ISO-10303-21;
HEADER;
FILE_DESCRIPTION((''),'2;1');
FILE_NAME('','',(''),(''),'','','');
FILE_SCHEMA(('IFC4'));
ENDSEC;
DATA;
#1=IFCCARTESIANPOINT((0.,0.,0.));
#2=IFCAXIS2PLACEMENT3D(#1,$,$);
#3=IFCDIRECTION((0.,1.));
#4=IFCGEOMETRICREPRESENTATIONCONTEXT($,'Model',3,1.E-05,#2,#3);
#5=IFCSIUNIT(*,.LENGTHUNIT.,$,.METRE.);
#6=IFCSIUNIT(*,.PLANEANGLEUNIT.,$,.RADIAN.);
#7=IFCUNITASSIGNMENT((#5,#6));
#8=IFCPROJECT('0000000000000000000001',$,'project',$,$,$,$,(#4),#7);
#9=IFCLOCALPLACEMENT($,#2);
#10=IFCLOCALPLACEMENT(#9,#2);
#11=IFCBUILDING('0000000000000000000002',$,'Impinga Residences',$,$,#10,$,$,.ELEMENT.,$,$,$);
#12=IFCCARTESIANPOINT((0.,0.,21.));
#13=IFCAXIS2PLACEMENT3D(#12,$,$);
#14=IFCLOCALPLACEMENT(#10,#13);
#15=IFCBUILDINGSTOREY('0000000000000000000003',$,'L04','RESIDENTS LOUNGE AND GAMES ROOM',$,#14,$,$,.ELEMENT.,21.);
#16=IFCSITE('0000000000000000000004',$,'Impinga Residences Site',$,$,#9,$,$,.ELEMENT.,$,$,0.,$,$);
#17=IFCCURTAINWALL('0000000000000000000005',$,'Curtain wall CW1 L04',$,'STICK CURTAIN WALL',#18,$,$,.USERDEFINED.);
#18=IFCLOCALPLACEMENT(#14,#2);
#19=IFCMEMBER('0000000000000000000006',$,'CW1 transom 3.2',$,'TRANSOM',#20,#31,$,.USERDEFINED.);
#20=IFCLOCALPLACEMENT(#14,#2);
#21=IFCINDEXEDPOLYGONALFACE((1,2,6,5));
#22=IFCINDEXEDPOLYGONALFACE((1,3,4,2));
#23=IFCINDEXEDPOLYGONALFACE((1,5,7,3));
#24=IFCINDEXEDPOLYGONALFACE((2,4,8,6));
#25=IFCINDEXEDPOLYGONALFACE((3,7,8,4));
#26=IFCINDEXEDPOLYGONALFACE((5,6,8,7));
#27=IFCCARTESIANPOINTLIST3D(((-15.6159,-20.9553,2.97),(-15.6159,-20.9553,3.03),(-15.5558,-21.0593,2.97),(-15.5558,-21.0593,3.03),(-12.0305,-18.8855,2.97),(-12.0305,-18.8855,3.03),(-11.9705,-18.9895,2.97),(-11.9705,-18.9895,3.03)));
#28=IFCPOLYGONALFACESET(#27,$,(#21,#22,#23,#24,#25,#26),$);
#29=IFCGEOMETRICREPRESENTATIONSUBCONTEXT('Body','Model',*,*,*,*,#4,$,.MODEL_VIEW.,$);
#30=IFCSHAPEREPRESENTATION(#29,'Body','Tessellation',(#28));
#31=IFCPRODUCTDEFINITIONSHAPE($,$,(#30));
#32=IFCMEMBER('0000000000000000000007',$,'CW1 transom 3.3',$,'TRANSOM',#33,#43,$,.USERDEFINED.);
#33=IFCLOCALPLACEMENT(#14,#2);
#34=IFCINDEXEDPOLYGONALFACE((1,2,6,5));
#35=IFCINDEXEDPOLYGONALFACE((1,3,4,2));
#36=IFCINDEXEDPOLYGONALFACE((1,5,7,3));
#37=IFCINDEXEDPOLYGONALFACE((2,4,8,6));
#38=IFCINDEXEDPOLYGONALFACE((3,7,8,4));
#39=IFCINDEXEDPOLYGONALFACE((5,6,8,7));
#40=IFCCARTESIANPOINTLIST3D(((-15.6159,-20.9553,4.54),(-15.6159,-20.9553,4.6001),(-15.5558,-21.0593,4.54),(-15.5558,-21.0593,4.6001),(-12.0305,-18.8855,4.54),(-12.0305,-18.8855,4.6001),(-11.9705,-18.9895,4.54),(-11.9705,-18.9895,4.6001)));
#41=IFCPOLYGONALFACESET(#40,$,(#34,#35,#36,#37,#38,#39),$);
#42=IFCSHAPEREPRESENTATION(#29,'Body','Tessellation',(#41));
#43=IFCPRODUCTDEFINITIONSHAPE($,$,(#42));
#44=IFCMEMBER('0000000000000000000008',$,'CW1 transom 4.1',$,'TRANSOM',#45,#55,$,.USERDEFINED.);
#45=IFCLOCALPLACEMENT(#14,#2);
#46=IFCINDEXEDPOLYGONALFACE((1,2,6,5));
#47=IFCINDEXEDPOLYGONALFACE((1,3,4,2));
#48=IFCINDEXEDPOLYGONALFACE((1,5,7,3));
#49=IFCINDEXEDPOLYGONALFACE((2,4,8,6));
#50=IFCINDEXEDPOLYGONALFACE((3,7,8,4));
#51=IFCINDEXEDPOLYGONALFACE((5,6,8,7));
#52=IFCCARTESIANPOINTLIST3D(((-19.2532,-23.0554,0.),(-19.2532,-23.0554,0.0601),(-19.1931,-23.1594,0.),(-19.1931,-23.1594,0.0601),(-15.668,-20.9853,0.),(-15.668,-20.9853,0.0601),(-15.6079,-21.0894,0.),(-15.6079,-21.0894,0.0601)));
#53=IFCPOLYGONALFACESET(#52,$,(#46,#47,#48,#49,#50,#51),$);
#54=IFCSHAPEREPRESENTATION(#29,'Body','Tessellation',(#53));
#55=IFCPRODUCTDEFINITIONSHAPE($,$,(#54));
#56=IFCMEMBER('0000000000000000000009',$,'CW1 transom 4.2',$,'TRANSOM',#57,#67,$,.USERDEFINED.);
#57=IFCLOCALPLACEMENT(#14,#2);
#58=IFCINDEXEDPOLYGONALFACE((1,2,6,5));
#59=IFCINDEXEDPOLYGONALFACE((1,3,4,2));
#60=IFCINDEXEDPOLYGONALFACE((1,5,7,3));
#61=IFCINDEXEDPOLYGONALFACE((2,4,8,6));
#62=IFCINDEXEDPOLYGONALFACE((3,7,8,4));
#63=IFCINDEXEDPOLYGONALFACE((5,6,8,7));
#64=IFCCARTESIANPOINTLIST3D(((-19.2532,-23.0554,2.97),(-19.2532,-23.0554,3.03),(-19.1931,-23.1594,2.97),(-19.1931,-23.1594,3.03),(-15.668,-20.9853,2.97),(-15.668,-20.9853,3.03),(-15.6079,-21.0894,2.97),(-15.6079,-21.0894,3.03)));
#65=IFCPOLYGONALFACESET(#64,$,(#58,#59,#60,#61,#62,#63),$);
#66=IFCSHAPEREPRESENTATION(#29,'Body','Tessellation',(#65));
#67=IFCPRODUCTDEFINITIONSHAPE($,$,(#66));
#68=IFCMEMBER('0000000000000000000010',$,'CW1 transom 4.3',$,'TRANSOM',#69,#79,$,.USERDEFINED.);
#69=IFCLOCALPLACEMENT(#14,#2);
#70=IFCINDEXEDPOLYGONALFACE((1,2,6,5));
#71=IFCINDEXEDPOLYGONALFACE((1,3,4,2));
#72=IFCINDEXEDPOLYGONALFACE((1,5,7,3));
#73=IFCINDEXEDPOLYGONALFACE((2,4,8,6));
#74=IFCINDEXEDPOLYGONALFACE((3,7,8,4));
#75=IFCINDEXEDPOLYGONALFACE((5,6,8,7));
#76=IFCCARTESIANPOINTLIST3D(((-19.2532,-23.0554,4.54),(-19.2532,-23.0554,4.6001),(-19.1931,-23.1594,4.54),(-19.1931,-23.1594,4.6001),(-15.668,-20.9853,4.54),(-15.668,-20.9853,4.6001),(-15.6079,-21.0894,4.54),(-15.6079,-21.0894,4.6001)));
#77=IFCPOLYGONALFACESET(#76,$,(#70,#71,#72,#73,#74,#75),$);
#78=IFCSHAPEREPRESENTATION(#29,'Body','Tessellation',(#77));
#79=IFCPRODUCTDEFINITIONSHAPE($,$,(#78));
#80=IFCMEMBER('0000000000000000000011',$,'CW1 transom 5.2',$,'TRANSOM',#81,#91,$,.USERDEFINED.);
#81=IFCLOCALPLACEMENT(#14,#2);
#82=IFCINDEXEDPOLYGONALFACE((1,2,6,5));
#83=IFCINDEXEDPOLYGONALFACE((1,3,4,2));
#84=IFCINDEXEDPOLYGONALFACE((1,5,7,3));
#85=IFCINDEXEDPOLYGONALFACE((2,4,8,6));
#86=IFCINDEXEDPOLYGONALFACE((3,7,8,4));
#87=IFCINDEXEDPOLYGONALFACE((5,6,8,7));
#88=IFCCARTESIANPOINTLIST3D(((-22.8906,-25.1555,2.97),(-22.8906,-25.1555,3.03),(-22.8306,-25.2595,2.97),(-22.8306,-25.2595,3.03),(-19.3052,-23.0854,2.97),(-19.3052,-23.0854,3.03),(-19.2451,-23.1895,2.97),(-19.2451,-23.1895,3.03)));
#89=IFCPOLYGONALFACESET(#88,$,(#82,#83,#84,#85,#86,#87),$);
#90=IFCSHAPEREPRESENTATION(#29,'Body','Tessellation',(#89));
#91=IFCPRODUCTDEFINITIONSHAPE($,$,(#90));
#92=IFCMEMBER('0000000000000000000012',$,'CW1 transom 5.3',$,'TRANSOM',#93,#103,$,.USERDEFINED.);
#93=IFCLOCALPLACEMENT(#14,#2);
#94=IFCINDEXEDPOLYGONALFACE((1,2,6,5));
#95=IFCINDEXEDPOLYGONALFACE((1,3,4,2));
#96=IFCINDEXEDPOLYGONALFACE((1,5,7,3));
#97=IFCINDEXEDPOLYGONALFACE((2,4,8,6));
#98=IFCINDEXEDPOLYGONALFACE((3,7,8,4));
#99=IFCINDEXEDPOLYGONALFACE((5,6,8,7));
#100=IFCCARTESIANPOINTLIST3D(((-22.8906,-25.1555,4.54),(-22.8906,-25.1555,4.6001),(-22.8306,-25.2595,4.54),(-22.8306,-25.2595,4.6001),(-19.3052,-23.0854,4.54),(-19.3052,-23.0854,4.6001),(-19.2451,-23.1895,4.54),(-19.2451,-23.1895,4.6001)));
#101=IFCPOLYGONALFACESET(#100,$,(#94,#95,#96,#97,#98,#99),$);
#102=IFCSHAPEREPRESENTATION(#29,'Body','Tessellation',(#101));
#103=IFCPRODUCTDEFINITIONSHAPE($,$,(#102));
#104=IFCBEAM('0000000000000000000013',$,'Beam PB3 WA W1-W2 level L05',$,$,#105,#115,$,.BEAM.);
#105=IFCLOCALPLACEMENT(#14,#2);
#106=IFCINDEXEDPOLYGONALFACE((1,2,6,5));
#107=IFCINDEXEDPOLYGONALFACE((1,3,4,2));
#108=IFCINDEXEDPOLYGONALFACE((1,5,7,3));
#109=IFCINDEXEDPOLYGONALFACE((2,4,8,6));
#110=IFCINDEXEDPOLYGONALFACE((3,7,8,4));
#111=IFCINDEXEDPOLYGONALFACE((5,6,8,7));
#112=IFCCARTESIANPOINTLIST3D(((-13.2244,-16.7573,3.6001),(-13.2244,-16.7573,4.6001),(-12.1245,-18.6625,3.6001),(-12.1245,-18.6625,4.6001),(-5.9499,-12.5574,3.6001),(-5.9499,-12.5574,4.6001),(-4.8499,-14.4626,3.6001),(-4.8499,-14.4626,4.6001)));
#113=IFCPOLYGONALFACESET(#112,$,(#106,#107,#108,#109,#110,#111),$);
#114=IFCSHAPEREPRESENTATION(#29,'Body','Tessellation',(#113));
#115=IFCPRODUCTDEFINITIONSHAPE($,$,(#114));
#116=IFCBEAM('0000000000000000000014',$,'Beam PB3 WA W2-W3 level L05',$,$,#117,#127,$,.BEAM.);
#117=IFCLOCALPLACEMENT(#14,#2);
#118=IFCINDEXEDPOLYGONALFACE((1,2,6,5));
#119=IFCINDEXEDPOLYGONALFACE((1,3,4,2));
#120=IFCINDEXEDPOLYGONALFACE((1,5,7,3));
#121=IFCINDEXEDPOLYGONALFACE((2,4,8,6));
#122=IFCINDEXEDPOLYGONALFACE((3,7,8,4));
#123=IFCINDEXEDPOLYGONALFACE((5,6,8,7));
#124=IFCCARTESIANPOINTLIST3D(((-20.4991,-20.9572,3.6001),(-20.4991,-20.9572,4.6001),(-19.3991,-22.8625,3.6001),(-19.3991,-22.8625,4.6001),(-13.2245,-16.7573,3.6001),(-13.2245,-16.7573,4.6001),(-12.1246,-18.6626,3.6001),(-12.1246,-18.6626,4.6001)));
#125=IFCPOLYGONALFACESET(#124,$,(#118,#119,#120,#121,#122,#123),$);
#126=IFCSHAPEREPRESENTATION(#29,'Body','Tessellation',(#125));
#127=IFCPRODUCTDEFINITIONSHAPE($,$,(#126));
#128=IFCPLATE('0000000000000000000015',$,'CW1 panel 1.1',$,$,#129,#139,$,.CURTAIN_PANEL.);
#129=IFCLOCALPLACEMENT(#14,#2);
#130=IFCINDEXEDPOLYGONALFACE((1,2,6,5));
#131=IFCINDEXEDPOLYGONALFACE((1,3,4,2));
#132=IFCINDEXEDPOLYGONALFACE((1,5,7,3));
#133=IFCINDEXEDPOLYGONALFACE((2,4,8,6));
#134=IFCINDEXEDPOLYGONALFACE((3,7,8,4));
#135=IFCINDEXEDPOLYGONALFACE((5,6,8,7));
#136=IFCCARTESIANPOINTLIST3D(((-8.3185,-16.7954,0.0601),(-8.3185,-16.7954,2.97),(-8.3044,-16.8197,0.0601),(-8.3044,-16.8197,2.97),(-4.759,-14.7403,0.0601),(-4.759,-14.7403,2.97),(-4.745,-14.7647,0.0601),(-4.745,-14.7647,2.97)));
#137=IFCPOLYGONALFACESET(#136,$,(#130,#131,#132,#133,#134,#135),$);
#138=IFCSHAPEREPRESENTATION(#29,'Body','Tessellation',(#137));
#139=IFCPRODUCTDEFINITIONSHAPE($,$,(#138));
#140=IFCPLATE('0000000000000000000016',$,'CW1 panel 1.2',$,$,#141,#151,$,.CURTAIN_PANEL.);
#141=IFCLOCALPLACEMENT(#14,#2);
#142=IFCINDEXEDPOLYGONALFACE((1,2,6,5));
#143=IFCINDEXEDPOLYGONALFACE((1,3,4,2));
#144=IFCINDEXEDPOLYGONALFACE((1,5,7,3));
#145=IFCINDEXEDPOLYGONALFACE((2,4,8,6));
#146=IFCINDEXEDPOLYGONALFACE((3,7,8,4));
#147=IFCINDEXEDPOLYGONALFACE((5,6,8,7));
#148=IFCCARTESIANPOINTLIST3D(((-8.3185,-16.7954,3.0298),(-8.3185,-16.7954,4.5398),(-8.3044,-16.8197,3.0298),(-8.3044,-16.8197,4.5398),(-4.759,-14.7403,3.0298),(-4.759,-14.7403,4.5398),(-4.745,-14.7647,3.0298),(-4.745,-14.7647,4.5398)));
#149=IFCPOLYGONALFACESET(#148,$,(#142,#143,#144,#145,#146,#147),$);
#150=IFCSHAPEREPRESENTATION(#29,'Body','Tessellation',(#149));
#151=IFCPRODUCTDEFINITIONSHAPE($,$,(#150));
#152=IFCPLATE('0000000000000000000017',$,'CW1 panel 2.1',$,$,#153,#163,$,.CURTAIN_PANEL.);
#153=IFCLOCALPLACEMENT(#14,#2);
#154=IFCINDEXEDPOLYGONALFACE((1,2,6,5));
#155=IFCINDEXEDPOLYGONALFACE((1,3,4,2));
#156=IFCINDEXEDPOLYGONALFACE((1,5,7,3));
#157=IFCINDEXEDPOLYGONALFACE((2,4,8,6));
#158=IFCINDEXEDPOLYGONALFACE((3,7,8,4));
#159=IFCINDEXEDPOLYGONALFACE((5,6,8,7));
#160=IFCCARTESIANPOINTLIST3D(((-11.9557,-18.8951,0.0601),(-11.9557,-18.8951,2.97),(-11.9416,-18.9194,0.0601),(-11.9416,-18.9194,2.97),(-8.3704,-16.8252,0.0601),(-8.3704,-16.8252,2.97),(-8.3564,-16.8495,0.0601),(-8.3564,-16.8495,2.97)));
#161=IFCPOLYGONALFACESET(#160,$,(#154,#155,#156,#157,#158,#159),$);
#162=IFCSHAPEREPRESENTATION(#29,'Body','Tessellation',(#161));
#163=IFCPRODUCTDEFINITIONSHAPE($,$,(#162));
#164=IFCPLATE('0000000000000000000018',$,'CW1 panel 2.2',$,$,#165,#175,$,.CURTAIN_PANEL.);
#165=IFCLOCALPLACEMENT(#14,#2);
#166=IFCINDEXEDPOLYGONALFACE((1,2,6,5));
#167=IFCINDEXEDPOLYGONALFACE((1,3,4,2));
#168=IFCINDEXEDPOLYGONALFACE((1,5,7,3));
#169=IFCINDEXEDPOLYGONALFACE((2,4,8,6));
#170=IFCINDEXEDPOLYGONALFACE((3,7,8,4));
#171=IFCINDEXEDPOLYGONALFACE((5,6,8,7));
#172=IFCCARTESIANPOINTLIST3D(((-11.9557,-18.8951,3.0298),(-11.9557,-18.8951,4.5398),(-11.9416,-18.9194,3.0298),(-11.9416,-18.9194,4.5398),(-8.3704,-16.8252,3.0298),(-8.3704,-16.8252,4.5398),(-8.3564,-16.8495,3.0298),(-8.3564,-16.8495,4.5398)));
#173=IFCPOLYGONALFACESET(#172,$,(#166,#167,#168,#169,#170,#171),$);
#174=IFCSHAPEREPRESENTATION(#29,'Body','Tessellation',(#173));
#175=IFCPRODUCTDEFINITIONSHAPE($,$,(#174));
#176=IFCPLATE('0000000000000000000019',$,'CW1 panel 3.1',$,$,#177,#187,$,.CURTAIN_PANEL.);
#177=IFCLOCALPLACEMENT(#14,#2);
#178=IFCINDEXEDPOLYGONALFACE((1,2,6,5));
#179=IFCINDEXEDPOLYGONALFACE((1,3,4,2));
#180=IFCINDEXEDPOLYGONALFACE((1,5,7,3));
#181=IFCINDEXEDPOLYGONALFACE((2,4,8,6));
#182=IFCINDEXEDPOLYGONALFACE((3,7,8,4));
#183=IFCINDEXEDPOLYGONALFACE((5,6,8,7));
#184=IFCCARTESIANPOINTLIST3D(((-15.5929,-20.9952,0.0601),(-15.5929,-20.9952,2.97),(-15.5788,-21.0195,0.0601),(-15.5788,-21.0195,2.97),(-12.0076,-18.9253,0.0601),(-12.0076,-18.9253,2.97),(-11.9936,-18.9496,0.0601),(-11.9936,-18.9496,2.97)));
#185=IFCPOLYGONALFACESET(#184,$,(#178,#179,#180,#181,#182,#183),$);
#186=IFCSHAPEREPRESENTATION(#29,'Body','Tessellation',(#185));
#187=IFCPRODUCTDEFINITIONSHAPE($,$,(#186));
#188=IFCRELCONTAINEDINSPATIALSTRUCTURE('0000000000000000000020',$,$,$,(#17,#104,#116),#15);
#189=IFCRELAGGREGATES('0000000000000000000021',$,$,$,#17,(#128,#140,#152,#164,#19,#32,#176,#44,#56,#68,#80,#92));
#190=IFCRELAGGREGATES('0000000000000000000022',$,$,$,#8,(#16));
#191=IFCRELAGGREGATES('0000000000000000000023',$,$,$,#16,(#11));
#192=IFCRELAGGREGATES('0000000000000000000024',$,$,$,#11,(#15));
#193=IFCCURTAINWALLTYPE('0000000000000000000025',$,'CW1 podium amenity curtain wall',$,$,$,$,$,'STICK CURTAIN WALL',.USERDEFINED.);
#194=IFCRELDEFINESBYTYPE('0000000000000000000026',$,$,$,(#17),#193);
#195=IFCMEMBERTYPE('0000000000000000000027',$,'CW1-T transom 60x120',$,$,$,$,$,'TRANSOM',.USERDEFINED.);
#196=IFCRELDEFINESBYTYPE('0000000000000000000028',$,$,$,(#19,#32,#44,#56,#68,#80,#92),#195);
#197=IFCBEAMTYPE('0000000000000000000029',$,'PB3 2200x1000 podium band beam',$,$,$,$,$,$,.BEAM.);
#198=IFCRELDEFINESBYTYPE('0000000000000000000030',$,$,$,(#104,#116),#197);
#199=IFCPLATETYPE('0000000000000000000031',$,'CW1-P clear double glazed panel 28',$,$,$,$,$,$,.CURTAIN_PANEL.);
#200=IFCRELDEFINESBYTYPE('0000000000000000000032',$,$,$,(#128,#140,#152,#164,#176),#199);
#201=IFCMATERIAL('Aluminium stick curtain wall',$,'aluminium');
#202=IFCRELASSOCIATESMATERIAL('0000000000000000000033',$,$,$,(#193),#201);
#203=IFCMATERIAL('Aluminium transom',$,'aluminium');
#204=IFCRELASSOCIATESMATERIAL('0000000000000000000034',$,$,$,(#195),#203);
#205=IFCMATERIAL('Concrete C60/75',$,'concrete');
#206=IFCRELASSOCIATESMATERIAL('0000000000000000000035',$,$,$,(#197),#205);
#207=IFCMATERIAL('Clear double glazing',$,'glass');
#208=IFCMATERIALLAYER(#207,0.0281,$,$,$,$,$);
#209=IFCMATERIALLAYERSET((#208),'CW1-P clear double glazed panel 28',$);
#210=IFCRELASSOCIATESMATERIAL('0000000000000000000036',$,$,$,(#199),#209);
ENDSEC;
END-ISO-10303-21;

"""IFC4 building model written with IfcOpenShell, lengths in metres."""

from ifc_helpers import new_model, si_unit, direction, frame, origin, origin_2d, place, context, subcontext, project, spatial, rectangle, extrude, material, layer, layer_set, material_profile, profile_set, type_object, element, aggregate, save


model = new_model("IFC4")

# Units and contexts
model_context = context("Model", 3, precision=1e-05, world=origin(), true_north=direction((0.0, 1.0)))
body_context = subcontext(model_context, "Body", "Model", "MODEL_VIEW")
ifc_project = project(units=[si_unit("LENGTHUNIT", "METRE"), si_unit("PLANEANGLEUNIT", "RADIAN")], contexts=[model_context])

# Site, building, storey
site_placement = place(None, origin())
site = spatial("IfcSite", under=ifc_project, at=site_placement, Name="Impinga Residences Site", CompositionType="ELEMENT", RefElevation=0.0)
building_placement = place(site_placement, origin())
building = spatial("IfcBuilding", under=site, at=building_placement, Name="Impinga Residences", CompositionType="ELEMENT")
storey_placement = place(building_placement, frame((0.0, 0.0, 21.0)))
storey = spatial("IfcBuildingStorey", under=building, at=storey_placement, Name="L04", Description="RESIDENTS LOUNGE AND GAMES ROOM", CompositionType="ELEMENT", Elevation=21.0)

# Curtain wall, members
ifc_material_1 = material(Name="Aluminium stick curtain wall", Category="aluminium")
curtain_wall_type = type_object("IfcCurtainWallType", Name="CW1 podium amenity curtain wall", ElementType="STICK CURTAIN WALL", PredefinedType="USERDEFINED", material=ifc_material_1)
curtain_wall_placement = place(storey_placement, origin())
curtain_wall = element("IfcCurtainWall", 1, at=curtain_wall_placement, inside=storey, type_object=curtain_wall_type, Name="Curtain wall CW1 L04", ObjectType="STICK CURTAIN WALL", PredefinedType="USERDEFINED")
ifc_material_2 = material(Name="Aluminium transom", Category="aluminium")
ifc_material_profile_1 = material_profile(ifc_material_2, rectangle(XDim=0.0601, YDim=0.1201, at=origin_2d()), Name="60x120 transom")
ifc_profile_set_1 = profile_set([ifc_material_profile_1], Name="Aluminium transom")
member_type_1 = type_object("IfcMemberType", Name="CW1-T transom 60x120", ElementType="TRANSOM", PredefinedType="USERDEFINED", material=ifc_profile_set_1)
member_1_placement = place(storey_placement, frame((-12.0005, -18.9375, 3.0), z_axis=(-0.86605, -0.499957, 0.0), x_axis=(0.0, 0.0, 1.0)))
member_1 = element("IfcMember", 2, at=member_1_placement, type_object=member_type_1, Name="CW1 transom 3.2", ObjectType="TRANSOM", PredefinedType="USERDEFINED", context=body_context, shape_type="SweptSolid", body=[
    extrude(rectangle(XDim=0.0601, YDim=0.1201, at=origin_2d()), origin(), (0.0, 0.0, 1.0), 4.1399),
])
member_2_placement = place(storey_placement, frame((-12.0005, -18.9375, 4.5701), z_axis=(-0.86605, -0.499957, 0.0), x_axis=(0.0, 0.0, 1.0)))
member_2 = element("IfcMember", 3, at=member_2_placement, type_object=member_type_1, Name="CW1 transom 3.3", ObjectType="TRANSOM", PredefinedType="USERDEFINED", context=body_context, shape_type="SweptSolid", body=[
    extrude(rectangle(XDim=0.0601, YDim=0.1201, at=origin_2d()), origin(), (0.0, 0.0, 1.0), 4.1399),
])
member_3_placement = place(storey_placement, frame((-15.6379, -21.0374, 0.03), z_axis=(-0.86601, -0.500027, 0.0), x_axis=(0.0, 0.0, 1.0)))
member_3 = element("IfcMember", 4, at=member_3_placement, type_object=member_type_1, Name="CW1 transom 4.1", ObjectType="TRANSOM", PredefinedType="USERDEFINED", context=body_context, shape_type="SweptSolid", body=[
    extrude(rectangle(XDim=0.0601, YDim=0.1201, at=origin_2d()), origin(), (0.0, 0.0, 1.0), 4.1399),
])
member_4_placement = place(storey_placement, frame((-15.6379, -21.0374, 3.0), z_axis=(-0.86601, -0.500027, 0.0), x_axis=(0.0, 0.0, 1.0)))
member_4 = element("IfcMember", 5, at=member_4_placement, type_object=member_type_1, Name="CW1 transom 4.2", ObjectType="TRANSOM", PredefinedType="USERDEFINED", context=body_context, shape_type="SweptSolid", body=[
    extrude(rectangle(XDim=0.0601, YDim=0.1201, at=origin_2d()), origin(), (0.0, 0.0, 1.0), 4.1399),
])
member_5_placement = place(storey_placement, frame((-15.6379, -21.0374, 4.5701), z_axis=(-0.86601, -0.500027, 0.0), x_axis=(0.0, 0.0, 1.0)))
member_5 = element("IfcMember", 6, at=member_5_placement, type_object=member_type_1, Name="CW1 transom 4.3", ObjectType="TRANSOM", PredefinedType="USERDEFINED", context=body_context, shape_type="SweptSolid", body=[
    extrude(rectangle(XDim=0.0601, YDim=0.1201, at=origin_2d()), origin(), (0.0, 0.0, 1.0), 4.1399),
])
member_6_placement = place(storey_placement, frame((-19.2751, -23.1375, 3.0), z_axis=(-0.866025, -0.500002, 0.0), x_axis=(0.0, 0.0, 1.0)))
member_6 = element("IfcMember", 7, at=member_6_placement, type_object=member_type_1, Name="CW1 transom 5.2", ObjectType="TRANSOM", PredefinedType="USERDEFINED", context=body_context, shape_type="SweptSolid", body=[
    extrude(rectangle(XDim=0.0601, YDim=0.1201, at=origin_2d()), origin(), (0.0, 0.0, 1.0), 4.1401),
])
member_7_placement = place(storey_placement, frame((-19.2751, -23.1375, 4.5701), z_axis=(-0.866025, -0.500002, 0.0), x_axis=(0.0, 0.0, 1.0)))
member_7 = element("IfcMember", 8, at=member_7_placement, type_object=member_type_1, Name="CW1 transom 5.3", ObjectType="TRANSOM", PredefinedType="USERDEFINED", context=body_context, shape_type="SweptSolid", body=[
    extrude(rectangle(XDim=0.0601, YDim=0.1201, at=origin_2d()), origin(), (0.0, 0.0, 1.0), 4.1401),
])

# Beams
ifc_material_3 = material(Name="Concrete C60/75", Category="concrete")
ifc_material_profile_2 = material_profile(ifc_material_3, rectangle(XDim=2.2, YDim=1.0, at=origin_2d()), Name="RC 2200x1000")
ifc_profile_set_2 = profile_set([ifc_material_profile_2], Name="Concrete C60/75")
beam_type = type_object("IfcBeamType", Name="PB3 2200x1000 podium band beam", PredefinedType="BEAM", material=ifc_profile_set_2)
for number, where, z_axis, x_axis, name in (
    (9, (-5.3999, -13.51, 4.1001), (-0.866029, -0.499993, 0.0), (0.499993, -0.866029, 0.0), "Beam PB3 WA W1-W2 level L05"),
    (10, (-12.6746, -17.71, 4.1001), (-0.866029, -0.499993, 0.0), (0.499993, -0.866029, 0.0), "Beam PB3 WA W2-W3 level L05"),
):
    element("IfcBeam", number, at=place(storey_placement, frame(where, z_axis=z_axis, x_axis=x_axis)), inside=storey, type_object=beam_type, Name=name, PredefinedType="BEAM", context=body_context, shape_type="SweptSolid", body=[
        extrude(rectangle(XDim=2.2, YDim=1.0, at=origin_2d()), origin(), (0.0, 0.0, 1.0), 8.3999),
    ])

# Plates
ifc_material_4 = material(Name="Clear double glazing", Category="glass")
ifc_layer = layer(ifc_material_4, 0.0281)
ifc_layer_set = layer_set([ifc_layer], Name="CW1-P clear double glazed panel 28")
plate_type = type_object("IfcPlateType", Name="CW1-P clear double glazed panel 28", PredefinedType="CURTAIN_PANEL", material=ifc_layer_set)
plate_1_placement = place(storey_placement, frame((-6.5317, -15.78, 0.0601), z_axis=(0.0, 0.0, 1.0), x_axis=(-0.866025, -0.5, 0.0)))
plate_1 = element("IfcPlate", 11, at=plate_1_placement, type_object=plate_type, Name="CW1 panel 1.1", PredefinedType="CURTAIN_PANEL", context=body_context, shape_type="SweptSolid", body=[
    extrude(rectangle(XDim=4.1101, YDim=0.0281, at=origin_2d()), origin(), (0.0, 0.0, 1.0), 2.9099),
])
plate_2_placement = place(storey_placement, frame((-6.5317, -15.78, 3.0298), z_axis=(0.0, 0.0, 1.0), x_axis=(-0.866025, -0.5, 0.0)))
plate_2 = element("IfcPlate", 12, at=plate_2_placement, type_object=plate_type, Name="CW1 panel 1.2", PredefinedType="CURTAIN_PANEL", context=body_context, shape_type="SweptSolid", body=[
    extrude(rectangle(XDim=4.1101, YDim=0.0281, at=origin_2d()), origin(), (0.0, 0.0, 1.0), 1.51),
])
plate_3_placement = place(storey_placement, frame((-10.156, -17.8723, 0.0601), z_axis=(0.0, 0.0, 1.0), x_axis=(-0.866025, -0.5, 0.0)))
plate_3 = element("IfcPlate", 13, at=plate_3_placement, type_object=plate_type, Name="CW1 panel 2.1", PredefinedType="CURTAIN_PANEL", context=body_context, shape_type="SweptSolid", body=[
    extrude(rectangle(XDim=4.1399, YDim=0.0281, at=origin_2d()), origin(), (0.0, 0.0, 1.0), 2.9099),
])
plate_4_placement = place(storey_placement, frame((-10.156, -17.8723, 3.0298), z_axis=(0.0, 0.0, 1.0), x_axis=(-0.866025, -0.5, 0.0)))
plate_4 = element("IfcPlate", 14, at=plate_4_placement, type_object=plate_type, Name="CW1 panel 2.2", PredefinedType="CURTAIN_PANEL", context=body_context, shape_type="SweptSolid", body=[
    extrude(rectangle(XDim=4.1399, YDim=0.0281, at=origin_2d()), origin(), (0.0, 0.0, 1.0), 1.51),
])
plate_5_placement = place(storey_placement, frame((-13.7932, -19.9724, 0.0601), z_axis=(0.0, 0.0, 1.0), x_axis=(-0.866025, -0.5, 0.0)))
plate_5 = element("IfcPlate", 15, at=plate_5_placement, type_object=plate_type, Name="CW1 panel 3.1", PredefinedType="CURTAIN_PANEL", context=body_context, shape_type="SweptSolid", body=[
    extrude(rectangle(XDim=4.1399, YDim=0.0281, at=origin_2d()), origin(), (0.0, 0.0, 1.0), 2.9099),
])
aggregate(curtain_wall, [plate_1, plate_2, plate_3, plate_4, member_1, member_2, plate_5, member_3, member_4, member_5, member_6, member_7])

save(model, "model.ifc")
